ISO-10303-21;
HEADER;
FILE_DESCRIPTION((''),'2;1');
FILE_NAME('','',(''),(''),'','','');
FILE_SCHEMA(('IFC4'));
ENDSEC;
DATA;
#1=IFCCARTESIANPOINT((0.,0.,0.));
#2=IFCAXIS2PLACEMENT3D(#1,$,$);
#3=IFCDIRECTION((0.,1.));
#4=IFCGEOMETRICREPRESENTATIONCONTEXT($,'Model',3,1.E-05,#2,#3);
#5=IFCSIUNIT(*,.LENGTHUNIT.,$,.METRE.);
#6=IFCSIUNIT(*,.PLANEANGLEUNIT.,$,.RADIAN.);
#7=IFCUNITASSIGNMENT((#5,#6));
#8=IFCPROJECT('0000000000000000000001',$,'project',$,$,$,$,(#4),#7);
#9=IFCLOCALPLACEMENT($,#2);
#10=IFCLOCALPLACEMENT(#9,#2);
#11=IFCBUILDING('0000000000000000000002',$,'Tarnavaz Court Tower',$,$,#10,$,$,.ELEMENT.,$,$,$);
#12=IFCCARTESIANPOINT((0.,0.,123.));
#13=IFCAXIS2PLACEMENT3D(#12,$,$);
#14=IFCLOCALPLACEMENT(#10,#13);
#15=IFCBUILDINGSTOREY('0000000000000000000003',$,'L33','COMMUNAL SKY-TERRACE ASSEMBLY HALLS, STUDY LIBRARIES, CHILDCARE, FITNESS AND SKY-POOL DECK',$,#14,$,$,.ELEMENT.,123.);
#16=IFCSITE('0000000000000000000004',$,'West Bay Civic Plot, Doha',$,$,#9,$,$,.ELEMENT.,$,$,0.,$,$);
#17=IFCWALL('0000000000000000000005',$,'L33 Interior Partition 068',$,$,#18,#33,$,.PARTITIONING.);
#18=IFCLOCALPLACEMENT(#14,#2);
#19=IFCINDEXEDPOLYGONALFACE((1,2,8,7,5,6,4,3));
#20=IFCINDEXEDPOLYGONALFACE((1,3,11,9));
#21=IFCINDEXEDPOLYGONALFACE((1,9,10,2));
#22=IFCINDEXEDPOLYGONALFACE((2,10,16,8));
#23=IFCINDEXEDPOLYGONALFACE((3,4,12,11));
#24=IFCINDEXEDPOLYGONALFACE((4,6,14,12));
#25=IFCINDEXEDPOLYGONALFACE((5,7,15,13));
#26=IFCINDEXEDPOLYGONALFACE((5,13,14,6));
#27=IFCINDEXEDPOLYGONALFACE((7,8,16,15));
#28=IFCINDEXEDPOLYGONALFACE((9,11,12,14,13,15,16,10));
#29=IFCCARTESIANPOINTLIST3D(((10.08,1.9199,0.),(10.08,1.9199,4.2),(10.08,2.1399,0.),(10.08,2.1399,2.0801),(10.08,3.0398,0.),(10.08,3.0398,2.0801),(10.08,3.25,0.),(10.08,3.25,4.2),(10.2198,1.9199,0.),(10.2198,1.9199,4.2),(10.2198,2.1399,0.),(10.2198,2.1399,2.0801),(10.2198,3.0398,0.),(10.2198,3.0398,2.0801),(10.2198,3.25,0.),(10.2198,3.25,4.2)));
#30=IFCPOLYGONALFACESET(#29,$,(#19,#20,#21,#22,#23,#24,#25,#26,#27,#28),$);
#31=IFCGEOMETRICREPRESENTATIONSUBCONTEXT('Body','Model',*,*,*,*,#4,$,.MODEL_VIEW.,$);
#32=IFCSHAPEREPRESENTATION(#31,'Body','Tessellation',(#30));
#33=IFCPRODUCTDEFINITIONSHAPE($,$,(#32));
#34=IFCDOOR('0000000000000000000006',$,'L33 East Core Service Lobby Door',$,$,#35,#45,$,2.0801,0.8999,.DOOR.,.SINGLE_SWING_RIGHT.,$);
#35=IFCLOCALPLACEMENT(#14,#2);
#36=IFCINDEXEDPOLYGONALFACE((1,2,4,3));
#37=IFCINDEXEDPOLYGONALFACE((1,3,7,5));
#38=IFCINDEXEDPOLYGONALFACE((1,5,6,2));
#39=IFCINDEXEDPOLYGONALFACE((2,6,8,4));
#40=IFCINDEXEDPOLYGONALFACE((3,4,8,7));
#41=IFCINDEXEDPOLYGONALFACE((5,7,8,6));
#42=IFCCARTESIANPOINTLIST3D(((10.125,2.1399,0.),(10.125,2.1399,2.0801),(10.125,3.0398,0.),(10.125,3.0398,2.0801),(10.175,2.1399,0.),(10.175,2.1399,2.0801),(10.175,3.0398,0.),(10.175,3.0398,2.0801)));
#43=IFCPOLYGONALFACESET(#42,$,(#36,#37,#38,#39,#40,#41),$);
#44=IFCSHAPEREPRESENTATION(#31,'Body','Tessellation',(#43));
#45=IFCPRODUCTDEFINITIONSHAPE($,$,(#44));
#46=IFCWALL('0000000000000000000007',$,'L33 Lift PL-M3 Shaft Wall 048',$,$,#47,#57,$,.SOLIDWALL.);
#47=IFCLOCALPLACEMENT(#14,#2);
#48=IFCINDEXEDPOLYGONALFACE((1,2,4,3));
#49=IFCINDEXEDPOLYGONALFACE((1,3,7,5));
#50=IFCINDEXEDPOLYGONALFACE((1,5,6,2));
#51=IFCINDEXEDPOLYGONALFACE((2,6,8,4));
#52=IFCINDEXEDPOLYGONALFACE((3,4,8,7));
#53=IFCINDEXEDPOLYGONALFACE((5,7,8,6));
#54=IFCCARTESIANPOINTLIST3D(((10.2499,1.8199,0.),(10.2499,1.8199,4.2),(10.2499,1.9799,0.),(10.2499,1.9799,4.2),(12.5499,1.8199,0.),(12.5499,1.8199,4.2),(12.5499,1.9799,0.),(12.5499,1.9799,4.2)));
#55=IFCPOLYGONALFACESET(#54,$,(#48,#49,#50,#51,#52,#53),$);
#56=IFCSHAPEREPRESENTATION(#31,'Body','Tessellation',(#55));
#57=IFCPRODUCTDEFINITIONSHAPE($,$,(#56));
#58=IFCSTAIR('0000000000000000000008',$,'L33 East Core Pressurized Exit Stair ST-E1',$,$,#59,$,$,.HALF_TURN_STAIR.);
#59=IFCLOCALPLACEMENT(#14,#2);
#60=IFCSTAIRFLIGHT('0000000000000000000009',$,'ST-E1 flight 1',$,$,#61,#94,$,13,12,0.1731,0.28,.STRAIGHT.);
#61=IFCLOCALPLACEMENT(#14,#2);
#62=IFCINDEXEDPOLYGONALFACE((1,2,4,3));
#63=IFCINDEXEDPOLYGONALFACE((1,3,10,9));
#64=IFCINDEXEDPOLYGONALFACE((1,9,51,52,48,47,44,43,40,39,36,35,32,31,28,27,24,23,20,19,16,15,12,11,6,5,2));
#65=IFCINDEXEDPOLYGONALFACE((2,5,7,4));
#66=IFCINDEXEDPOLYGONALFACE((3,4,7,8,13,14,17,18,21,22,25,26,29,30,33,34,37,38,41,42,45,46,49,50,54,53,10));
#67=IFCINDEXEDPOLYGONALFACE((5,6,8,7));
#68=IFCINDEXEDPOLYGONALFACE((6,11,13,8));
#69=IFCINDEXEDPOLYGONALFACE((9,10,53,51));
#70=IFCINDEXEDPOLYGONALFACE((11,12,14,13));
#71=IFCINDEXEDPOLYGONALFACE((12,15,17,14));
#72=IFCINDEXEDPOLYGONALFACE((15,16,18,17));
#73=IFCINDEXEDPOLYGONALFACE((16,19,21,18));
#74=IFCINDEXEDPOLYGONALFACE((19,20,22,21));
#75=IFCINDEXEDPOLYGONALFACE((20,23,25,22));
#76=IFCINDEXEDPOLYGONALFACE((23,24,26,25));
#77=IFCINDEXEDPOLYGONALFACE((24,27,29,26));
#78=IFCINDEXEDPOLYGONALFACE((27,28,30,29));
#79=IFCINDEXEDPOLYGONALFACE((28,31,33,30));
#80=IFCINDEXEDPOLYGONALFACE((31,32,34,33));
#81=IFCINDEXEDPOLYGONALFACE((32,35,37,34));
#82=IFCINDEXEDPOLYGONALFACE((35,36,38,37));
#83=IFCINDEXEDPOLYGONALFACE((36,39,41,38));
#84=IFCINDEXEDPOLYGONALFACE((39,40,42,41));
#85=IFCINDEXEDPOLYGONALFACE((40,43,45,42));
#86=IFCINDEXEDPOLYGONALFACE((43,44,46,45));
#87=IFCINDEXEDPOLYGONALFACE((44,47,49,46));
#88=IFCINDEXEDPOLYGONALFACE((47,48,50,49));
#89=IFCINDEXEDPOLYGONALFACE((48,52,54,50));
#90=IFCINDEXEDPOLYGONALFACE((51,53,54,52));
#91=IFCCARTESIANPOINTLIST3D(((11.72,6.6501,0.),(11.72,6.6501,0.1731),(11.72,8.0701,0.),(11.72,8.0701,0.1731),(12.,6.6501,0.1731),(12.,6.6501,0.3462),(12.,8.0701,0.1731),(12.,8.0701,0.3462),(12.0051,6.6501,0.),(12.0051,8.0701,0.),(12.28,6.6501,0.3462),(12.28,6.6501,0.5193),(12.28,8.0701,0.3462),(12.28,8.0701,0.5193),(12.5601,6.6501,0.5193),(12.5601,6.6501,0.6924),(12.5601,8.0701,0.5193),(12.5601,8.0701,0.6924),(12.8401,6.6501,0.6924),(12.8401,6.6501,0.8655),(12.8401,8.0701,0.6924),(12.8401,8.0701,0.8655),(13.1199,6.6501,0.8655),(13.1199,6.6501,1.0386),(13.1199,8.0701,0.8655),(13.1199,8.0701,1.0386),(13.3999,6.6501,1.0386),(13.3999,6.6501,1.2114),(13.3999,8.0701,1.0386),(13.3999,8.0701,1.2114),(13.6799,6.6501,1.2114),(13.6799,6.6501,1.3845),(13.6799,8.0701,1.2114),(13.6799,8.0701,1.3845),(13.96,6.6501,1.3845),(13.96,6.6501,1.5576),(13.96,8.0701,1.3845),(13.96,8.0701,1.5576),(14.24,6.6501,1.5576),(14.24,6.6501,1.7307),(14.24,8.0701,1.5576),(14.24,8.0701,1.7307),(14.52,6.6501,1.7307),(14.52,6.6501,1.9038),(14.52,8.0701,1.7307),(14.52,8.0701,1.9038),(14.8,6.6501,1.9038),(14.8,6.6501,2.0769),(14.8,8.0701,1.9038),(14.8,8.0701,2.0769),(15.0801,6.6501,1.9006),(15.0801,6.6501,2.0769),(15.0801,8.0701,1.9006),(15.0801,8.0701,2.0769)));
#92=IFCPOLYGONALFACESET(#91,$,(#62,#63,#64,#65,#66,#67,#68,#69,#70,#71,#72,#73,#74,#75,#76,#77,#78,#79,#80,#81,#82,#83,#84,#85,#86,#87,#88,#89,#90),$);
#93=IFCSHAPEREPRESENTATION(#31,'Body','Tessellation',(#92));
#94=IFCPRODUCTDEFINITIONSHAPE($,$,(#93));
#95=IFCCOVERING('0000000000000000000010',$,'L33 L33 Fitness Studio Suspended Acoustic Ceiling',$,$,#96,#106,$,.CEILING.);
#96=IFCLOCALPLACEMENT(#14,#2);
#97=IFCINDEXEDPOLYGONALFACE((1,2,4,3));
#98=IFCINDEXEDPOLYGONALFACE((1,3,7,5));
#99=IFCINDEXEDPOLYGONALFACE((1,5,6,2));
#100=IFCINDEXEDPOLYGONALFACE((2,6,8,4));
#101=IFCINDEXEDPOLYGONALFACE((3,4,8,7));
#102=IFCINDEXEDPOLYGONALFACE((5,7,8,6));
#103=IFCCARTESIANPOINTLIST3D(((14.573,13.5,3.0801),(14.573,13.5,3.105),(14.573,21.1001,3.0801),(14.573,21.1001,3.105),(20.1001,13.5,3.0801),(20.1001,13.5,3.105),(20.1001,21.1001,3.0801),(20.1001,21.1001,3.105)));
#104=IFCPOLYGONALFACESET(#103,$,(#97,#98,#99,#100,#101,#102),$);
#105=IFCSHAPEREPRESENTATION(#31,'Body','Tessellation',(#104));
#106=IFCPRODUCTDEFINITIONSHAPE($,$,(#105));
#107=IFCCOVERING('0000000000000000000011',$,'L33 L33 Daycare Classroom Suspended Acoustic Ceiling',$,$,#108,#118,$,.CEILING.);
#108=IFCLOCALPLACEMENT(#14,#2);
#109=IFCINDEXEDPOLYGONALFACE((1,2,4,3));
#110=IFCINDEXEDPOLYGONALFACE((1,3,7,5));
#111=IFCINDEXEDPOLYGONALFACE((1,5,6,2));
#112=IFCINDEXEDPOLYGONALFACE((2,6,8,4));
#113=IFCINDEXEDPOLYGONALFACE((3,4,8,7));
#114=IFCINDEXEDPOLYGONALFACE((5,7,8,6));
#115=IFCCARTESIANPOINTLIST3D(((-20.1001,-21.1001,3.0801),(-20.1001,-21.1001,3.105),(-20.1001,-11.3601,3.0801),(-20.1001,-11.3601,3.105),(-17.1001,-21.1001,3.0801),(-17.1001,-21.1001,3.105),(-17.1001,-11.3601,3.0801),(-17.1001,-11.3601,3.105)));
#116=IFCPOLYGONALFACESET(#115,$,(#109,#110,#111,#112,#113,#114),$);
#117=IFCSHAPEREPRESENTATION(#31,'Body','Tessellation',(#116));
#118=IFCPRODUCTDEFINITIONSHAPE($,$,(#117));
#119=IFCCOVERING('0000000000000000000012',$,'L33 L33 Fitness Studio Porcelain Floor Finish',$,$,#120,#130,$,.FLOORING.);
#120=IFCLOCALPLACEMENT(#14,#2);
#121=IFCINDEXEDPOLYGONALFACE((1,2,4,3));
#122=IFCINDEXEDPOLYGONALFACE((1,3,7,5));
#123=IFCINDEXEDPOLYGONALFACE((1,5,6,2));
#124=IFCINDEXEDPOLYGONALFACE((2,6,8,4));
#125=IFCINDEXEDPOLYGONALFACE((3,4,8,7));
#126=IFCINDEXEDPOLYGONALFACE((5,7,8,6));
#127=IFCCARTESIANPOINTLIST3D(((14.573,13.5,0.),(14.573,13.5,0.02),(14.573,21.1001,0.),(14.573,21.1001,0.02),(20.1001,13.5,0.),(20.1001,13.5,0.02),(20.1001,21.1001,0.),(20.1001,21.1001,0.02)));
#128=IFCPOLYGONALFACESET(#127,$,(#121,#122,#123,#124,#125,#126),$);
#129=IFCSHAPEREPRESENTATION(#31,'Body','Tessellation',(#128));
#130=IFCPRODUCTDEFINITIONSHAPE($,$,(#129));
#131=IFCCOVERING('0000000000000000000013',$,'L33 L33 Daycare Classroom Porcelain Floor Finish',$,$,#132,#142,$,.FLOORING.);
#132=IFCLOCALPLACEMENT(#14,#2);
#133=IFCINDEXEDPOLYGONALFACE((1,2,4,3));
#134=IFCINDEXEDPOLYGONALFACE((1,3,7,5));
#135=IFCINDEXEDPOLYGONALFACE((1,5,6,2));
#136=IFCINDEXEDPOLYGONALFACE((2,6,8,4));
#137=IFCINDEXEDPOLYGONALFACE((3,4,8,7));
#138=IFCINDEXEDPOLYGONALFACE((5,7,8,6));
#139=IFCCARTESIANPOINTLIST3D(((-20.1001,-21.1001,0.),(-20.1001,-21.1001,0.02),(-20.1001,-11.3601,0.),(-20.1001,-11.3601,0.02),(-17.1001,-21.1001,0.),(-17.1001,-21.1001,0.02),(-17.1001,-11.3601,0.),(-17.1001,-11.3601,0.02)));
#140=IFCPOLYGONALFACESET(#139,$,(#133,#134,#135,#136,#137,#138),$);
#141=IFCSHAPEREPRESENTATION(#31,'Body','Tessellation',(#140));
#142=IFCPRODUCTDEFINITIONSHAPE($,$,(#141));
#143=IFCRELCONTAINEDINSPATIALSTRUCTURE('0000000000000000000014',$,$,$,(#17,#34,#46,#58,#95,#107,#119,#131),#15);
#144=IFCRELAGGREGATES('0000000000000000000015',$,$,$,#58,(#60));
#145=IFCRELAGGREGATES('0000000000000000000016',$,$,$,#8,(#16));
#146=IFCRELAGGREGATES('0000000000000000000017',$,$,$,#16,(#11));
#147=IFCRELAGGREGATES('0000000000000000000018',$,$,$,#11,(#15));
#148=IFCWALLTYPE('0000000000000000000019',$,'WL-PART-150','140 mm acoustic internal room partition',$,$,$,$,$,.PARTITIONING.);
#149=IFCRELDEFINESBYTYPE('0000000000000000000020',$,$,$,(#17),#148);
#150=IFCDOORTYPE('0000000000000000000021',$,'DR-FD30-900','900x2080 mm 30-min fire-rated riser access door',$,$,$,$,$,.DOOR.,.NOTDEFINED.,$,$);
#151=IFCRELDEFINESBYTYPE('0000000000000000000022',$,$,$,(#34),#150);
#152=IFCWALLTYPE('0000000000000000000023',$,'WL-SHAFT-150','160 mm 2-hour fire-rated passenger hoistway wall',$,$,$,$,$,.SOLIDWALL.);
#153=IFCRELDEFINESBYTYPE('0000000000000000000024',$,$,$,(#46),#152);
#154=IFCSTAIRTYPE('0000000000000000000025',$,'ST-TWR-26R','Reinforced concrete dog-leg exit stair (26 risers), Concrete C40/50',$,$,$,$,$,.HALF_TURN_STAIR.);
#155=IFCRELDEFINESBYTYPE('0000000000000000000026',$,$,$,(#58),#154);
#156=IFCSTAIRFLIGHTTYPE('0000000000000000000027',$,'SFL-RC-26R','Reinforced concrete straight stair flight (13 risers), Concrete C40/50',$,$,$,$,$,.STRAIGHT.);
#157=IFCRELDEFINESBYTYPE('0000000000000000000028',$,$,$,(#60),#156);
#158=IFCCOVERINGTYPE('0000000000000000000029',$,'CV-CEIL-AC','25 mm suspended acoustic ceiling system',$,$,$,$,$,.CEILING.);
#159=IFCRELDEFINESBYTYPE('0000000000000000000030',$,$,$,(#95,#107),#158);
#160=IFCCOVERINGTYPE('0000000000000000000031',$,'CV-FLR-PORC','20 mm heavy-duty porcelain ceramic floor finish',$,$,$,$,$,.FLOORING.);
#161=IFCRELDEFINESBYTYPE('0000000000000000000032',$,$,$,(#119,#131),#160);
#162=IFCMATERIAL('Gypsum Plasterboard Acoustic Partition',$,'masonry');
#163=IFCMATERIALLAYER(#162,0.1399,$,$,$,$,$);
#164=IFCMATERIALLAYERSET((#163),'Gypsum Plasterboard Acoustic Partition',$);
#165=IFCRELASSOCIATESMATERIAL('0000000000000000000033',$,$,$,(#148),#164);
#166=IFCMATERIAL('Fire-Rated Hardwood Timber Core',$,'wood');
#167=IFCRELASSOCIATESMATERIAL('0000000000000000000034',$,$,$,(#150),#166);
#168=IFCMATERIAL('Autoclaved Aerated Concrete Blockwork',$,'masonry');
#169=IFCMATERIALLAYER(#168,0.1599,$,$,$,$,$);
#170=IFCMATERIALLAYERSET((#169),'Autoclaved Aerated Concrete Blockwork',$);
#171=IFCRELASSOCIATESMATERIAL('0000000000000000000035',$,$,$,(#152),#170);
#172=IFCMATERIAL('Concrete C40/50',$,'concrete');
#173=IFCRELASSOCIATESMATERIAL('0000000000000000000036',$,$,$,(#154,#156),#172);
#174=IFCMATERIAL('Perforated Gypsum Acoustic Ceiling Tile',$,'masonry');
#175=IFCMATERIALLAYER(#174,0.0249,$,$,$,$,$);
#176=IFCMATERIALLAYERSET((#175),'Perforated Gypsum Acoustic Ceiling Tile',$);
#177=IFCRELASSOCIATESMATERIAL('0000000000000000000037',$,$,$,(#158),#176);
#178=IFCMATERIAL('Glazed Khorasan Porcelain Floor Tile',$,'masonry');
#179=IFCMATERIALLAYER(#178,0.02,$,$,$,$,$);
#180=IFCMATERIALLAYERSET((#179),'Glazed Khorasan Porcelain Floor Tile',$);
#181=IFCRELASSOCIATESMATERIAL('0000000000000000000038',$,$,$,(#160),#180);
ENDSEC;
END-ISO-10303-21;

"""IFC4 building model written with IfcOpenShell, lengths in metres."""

from ifc_helpers import new_model, si_unit, direction, frame, frame_2d, origin, place, context, subcontext, project, spatial, polyline, rectangle, outline, extrude, material, layer, layer_set, type_object, element, fill, aggregate, save


model = new_model("IFC4")

# Units and contexts
model_context = context("Model", 3, precision=1e-05, world=origin(), true_north=direction((0.0, 1.0)))
body_context = subcontext(model_context, "Body", "Model", "MODEL_VIEW")
ifc_project = project(units=[si_unit("LENGTHUNIT", "METRE"), si_unit("PLANEANGLEUNIT", "RADIAN")], contexts=[model_context])

# Site, building, storey
site_placement = place(None, origin())
site = spatial("IfcSite", under=ifc_project, at=site_placement, Name="West Bay Civic Plot, Doha", CompositionType="ELEMENT", RefElevation=0.0)
building_placement = place(site_placement, origin())
building = spatial("IfcBuilding", under=site, at=building_placement, Name="Tarnavaz Court Tower", CompositionType="ELEMENT")
storey_placement = place(building_placement, frame((0.0, 0.0, 123.0)))
storey = spatial("IfcBuildingStorey", under=building, at=storey_placement, Name="L33", Description="COMMUNAL SKY-TERRACE ASSEMBLY HALLS, STUDY LIBRARIES, CHILDCARE, FITNESS AND SKY-POOL DECK", CompositionType="ELEMENT", Elevation=123.0)

# Shared definitions
ifc_material_1 = material(Name="Fire-Rated Hardwood Timber Core", Category="wood")

# Shared definitions
ifc_material_2 = material(Name="Autoclaved Aerated Concrete Blockwork", Category="masonry")

# Wall, opening, door
ifc_material_3 = material(Name="Gypsum Plasterboard Acoustic Partition", Category="masonry")
ifc_layer_1 = layer(ifc_material_3, 0.1399)
ifc_layer_set_1 = layer_set([ifc_layer_1], Name="Gypsum Plasterboard Acoustic Partition")
wall_type_1 = type_object("IfcWallType", Name="WL-PART-150", Description="140 mm acoustic internal room partition", PredefinedType="PARTITIONING", material=ifc_layer_set_1)
wall_1_placement = place(storey_placement, frame((10.1499, 1.9199, 0.0), z_axis=(0.0, 0.0, 1.0), x_axis=(0.0, 1.0, 0.0)))
wall_1 = element("IfcWall", 1, at=wall_1_placement, inside=storey, type_object=wall_type_1, Name="L33 Interior Partition 068", PredefinedType="PARTITIONING", context=body_context, shape_type="SweptSolid", body=[
    extrude(rectangle(XDim=1.3301, YDim=0.1399, at=frame_2d((0.665, 0.0))), origin(), (0.0, 0.0, 1.0), 4.2),
])
opening_1_placement = place(wall_1_placement, frame((0.22, 0.0, 0.0)))
opening_1 = element("IfcOpeningElement", 2, at=opening_1_placement, cuts=wall_1, PredefinedType="OPENING", context=body_context, shape_type="SweptSolid", body=[
    extrude(rectangle(XDim=0.8999, YDim=2.0801, at=frame_2d((0.45, 1.04))), frame((0.0, 0.0798, 0.0), z_axis=(0.0, -1.0, 0.0), x_axis=(1.0, 0.0, 0.0)), (0.0, 0.0, 1.0), 0.1599),
])
door_type_1 = type_object("IfcDoorType", Name="DR-FD30-900", Description="900x2080 mm 30-min fire-rated riser access door", OperationType="NOTDEFINED", PredefinedType="DOOR", material=ifc_material_1)
door_1_placement = place(opening_1_placement, origin())
door_1 = element("IfcDoor", 3, at=door_1_placement, inside=storey, type_object=door_type_1, Name="L33 East Core Service Lobby Door", OperationType="SINGLE_SWING_RIGHT", OverallHeight=2.0801, OverallWidth=0.8999, PredefinedType="DOOR", context=body_context, shape_type="SweptSolid", body=[
    extrude(rectangle(XDim=0.8999, YDim=2.0801, at=frame_2d((0.45, 1.04))), frame((0.0, 0.0249, 0.0), z_axis=(0.0, -1.0, 0.0), x_axis=(1.0, 0.0, 0.0)), (0.0, 0.0, 1.0), 0.05),
])
fill(opening_1, door_1)

# Wall
ifc_layer_2 = layer(ifc_material_2, 0.1599)
ifc_layer_set_2 = layer_set([ifc_layer_2], Name="Autoclaved Aerated Concrete Blockwork")
wall_type_2 = type_object("IfcWallType", Name="WL-SHAFT-150", Description="160 mm 2-hour fire-rated passenger hoistway wall", PredefinedType="SOLIDWALL", material=ifc_layer_set_2)
wall_2_placement = place(storey_placement, frame((10.25, 1.8999, 0.0), z_axis=(0.0, 0.0, 1.0), x_axis=(1.0, 0.0, 0.0)))
element("IfcWall", 4, at=wall_2_placement, inside=storey, type_object=wall_type_2, Name="L33 Lift PL-M3 Shaft Wall 048", PredefinedType="SOLIDWALL", context=body_context, shape_type="SweptSolid", body=[
    extrude(rectangle(XDim=2.3, YDim=0.1599, at=frame_2d((1.1499, 0.0))), origin(), (0.0, 0.0, 1.0), 4.2),
])

# Stair, stair flight
ifc_material_4 = material(Name="Concrete C40/50", Category="concrete")
stair_type = type_object("IfcStairType", Name="ST-TWR-26R", Description="Reinforced concrete dog-leg exit stair (26 risers), Concrete C40/50", PredefinedType="HALF_TURN_STAIR", material=ifc_material_4)
stair_placement = place(storey_placement, origin())
stair = element("IfcStair", 5, at=stair_placement, inside=storey, type_object=stair_type, Name="L33 East Core Pressurized Exit Stair ST-E1", PredefinedType="HALF_TURN_STAIR")
stair_flight_type = type_object("IfcStairFlightType", Name="SFL-RC-26R", Description="Reinforced concrete straight stair flight (13 risers), Concrete C40/50", PredefinedType="STRAIGHT", material=ifc_material_4)
stair_flight_placement = place(storey_placement, frame((11.72, 7.3601, 0.0), z_axis=(0.0, 0.0, 1.0), x_axis=(1.0, 0.0, 0.0)))
stair_flight = element("IfcStairFlight", 6, at=stair_flight_placement, type_object=stair_flight_type, Name="ST-E1 flight 1", NumberOfRisers=13, NumberOfTreads=12, PredefinedType="STRAIGHT", RiserHeight=0.1731, TreadLength=0.28, context=body_context, shape_type="SweptSolid", body=[
    extrude(outline(polyline([(0.0, 0.0), (0.0, 0.1731), (0.28, 0.1731), (0.28, 0.3462), (0.5601, 0.3462), (0.5601, 0.5193), (0.8401, 0.5193), (0.8401, 0.6924), (1.1201, 0.6924), (1.1201, 0.8655), (1.3999, 0.8655), (1.3999, 1.0386), (1.6799, 1.0386), (1.6799, 1.2114), (1.96, 1.2114), (1.96, 1.3845), (2.24, 1.3845), (2.24, 1.5576), (2.52, 1.5576), (2.52, 1.7307), (2.8, 1.7307), (2.8, 1.9038), (3.0801, 1.9038), (3.0801, 2.0769), (3.3601, 2.0769), (3.3601, 2.25), (3.3601, 1.9006), (0.2852, 0.0), (0.0, 0.0)])), frame((0.0, 0.71, 0.0), z_axis=(0.0, -1.0, 0.0), x_axis=(1.0, 0.0, 0.0)), (0.0, 0.0, 1.0), 1.4199),
])
aggregate(stair, [stair_flight])

# Coverings
ifc_material_5 = material(Name="Perforated Gypsum Acoustic Ceiling Tile", Category="masonry")
ifc_layer_3 = layer(ifc_material_5, 0.0249)
ifc_layer_set_3 = layer_set([ifc_layer_3], Name="Perforated Gypsum Acoustic Ceiling Tile")
covering_type_1 = type_object("IfcCoveringType", Name="CV-CEIL-AC", Description="25 mm suspended acoustic ceiling system", PredefinedType="CEILING", material=ifc_layer_set_3)
covering_1_placement = place(storey_placement, frame((0.0, 0.0, 3.0801)))
element("IfcCovering", 7, at=covering_1_placement, inside=storey, type_object=covering_type_1, Name="L33 L33 Fitness Studio Suspended Acoustic Ceiling", PredefinedType="CEILING", context=body_context, shape_type="SweptSolid", body=[
    extrude(outline(polyline([(14.573, 13.5), (20.1001, 13.5), (20.1001, 21.1001), (14.573, 21.1001), (14.573, 13.5)])), origin(), (0.0, 0.0, 1.0), 0.0249),
])
covering_2_placement = place(storey_placement, frame((0.0, 0.0, 3.0801)))
element("IfcCovering", 8, at=covering_2_placement, inside=storey, type_object=covering_type_1, Name="L33 L33 Daycare Classroom Suspended Acoustic Ceiling", PredefinedType="CEILING", context=body_context, shape_type="SweptSolid", body=[
    extrude(outline(polyline([(-20.1001, -21.1001), (-17.1001, -21.1001), (-17.1001, -11.3601), (-20.1001, -11.3601), (-20.1001, -21.1001)])), origin(), (0.0, 0.0, 1.0), 0.0249),
])
ifc_material_6 = material(Name="Glazed Khorasan Porcelain Floor Tile", Category="masonry")
ifc_layer_4 = layer(ifc_material_6, 0.02)
ifc_layer_set_4 = layer_set([ifc_layer_4], Name="Glazed Khorasan Porcelain Floor Tile")
covering_type_2 = type_object("IfcCoveringType", Name="CV-FLR-PORC", Description="20 mm heavy-duty porcelain ceramic floor finish", PredefinedType="FLOORING", material=ifc_layer_set_4)
covering_3_placement = place(storey_placement, origin())
element("IfcCovering", 9, at=covering_3_placement, inside=storey, type_object=covering_type_2, Name="L33 L33 Fitness Studio Porcelain Floor Finish", PredefinedType="FLOORING", context=body_context, shape_type="SweptSolid", body=[
    extrude(outline(polyline([(14.573, 13.5), (20.1001, 13.5), (20.1001, 21.1001), (14.573, 21.1001), (14.573, 13.5)])), origin(), (0.0, 0.0, 1.0), 0.02),
])
covering_4_placement = place(storey_placement, origin())
element("IfcCovering", 10, at=covering_4_placement, inside=storey, type_object=covering_type_2, Name="L33 L33 Daycare Classroom Porcelain Floor Finish", PredefinedType="FLOORING", context=body_context, shape_type="SweptSolid", body=[
    extrude(outline(polyline([(-20.1001, -21.1001), (-17.1001, -21.1001), (-17.1001, -11.3601), (-20.1001, -11.3601), (-20.1001, -21.1001)])), origin(), (0.0, 0.0, 1.0), 0.02),
])

save(model, "model.ifc")
